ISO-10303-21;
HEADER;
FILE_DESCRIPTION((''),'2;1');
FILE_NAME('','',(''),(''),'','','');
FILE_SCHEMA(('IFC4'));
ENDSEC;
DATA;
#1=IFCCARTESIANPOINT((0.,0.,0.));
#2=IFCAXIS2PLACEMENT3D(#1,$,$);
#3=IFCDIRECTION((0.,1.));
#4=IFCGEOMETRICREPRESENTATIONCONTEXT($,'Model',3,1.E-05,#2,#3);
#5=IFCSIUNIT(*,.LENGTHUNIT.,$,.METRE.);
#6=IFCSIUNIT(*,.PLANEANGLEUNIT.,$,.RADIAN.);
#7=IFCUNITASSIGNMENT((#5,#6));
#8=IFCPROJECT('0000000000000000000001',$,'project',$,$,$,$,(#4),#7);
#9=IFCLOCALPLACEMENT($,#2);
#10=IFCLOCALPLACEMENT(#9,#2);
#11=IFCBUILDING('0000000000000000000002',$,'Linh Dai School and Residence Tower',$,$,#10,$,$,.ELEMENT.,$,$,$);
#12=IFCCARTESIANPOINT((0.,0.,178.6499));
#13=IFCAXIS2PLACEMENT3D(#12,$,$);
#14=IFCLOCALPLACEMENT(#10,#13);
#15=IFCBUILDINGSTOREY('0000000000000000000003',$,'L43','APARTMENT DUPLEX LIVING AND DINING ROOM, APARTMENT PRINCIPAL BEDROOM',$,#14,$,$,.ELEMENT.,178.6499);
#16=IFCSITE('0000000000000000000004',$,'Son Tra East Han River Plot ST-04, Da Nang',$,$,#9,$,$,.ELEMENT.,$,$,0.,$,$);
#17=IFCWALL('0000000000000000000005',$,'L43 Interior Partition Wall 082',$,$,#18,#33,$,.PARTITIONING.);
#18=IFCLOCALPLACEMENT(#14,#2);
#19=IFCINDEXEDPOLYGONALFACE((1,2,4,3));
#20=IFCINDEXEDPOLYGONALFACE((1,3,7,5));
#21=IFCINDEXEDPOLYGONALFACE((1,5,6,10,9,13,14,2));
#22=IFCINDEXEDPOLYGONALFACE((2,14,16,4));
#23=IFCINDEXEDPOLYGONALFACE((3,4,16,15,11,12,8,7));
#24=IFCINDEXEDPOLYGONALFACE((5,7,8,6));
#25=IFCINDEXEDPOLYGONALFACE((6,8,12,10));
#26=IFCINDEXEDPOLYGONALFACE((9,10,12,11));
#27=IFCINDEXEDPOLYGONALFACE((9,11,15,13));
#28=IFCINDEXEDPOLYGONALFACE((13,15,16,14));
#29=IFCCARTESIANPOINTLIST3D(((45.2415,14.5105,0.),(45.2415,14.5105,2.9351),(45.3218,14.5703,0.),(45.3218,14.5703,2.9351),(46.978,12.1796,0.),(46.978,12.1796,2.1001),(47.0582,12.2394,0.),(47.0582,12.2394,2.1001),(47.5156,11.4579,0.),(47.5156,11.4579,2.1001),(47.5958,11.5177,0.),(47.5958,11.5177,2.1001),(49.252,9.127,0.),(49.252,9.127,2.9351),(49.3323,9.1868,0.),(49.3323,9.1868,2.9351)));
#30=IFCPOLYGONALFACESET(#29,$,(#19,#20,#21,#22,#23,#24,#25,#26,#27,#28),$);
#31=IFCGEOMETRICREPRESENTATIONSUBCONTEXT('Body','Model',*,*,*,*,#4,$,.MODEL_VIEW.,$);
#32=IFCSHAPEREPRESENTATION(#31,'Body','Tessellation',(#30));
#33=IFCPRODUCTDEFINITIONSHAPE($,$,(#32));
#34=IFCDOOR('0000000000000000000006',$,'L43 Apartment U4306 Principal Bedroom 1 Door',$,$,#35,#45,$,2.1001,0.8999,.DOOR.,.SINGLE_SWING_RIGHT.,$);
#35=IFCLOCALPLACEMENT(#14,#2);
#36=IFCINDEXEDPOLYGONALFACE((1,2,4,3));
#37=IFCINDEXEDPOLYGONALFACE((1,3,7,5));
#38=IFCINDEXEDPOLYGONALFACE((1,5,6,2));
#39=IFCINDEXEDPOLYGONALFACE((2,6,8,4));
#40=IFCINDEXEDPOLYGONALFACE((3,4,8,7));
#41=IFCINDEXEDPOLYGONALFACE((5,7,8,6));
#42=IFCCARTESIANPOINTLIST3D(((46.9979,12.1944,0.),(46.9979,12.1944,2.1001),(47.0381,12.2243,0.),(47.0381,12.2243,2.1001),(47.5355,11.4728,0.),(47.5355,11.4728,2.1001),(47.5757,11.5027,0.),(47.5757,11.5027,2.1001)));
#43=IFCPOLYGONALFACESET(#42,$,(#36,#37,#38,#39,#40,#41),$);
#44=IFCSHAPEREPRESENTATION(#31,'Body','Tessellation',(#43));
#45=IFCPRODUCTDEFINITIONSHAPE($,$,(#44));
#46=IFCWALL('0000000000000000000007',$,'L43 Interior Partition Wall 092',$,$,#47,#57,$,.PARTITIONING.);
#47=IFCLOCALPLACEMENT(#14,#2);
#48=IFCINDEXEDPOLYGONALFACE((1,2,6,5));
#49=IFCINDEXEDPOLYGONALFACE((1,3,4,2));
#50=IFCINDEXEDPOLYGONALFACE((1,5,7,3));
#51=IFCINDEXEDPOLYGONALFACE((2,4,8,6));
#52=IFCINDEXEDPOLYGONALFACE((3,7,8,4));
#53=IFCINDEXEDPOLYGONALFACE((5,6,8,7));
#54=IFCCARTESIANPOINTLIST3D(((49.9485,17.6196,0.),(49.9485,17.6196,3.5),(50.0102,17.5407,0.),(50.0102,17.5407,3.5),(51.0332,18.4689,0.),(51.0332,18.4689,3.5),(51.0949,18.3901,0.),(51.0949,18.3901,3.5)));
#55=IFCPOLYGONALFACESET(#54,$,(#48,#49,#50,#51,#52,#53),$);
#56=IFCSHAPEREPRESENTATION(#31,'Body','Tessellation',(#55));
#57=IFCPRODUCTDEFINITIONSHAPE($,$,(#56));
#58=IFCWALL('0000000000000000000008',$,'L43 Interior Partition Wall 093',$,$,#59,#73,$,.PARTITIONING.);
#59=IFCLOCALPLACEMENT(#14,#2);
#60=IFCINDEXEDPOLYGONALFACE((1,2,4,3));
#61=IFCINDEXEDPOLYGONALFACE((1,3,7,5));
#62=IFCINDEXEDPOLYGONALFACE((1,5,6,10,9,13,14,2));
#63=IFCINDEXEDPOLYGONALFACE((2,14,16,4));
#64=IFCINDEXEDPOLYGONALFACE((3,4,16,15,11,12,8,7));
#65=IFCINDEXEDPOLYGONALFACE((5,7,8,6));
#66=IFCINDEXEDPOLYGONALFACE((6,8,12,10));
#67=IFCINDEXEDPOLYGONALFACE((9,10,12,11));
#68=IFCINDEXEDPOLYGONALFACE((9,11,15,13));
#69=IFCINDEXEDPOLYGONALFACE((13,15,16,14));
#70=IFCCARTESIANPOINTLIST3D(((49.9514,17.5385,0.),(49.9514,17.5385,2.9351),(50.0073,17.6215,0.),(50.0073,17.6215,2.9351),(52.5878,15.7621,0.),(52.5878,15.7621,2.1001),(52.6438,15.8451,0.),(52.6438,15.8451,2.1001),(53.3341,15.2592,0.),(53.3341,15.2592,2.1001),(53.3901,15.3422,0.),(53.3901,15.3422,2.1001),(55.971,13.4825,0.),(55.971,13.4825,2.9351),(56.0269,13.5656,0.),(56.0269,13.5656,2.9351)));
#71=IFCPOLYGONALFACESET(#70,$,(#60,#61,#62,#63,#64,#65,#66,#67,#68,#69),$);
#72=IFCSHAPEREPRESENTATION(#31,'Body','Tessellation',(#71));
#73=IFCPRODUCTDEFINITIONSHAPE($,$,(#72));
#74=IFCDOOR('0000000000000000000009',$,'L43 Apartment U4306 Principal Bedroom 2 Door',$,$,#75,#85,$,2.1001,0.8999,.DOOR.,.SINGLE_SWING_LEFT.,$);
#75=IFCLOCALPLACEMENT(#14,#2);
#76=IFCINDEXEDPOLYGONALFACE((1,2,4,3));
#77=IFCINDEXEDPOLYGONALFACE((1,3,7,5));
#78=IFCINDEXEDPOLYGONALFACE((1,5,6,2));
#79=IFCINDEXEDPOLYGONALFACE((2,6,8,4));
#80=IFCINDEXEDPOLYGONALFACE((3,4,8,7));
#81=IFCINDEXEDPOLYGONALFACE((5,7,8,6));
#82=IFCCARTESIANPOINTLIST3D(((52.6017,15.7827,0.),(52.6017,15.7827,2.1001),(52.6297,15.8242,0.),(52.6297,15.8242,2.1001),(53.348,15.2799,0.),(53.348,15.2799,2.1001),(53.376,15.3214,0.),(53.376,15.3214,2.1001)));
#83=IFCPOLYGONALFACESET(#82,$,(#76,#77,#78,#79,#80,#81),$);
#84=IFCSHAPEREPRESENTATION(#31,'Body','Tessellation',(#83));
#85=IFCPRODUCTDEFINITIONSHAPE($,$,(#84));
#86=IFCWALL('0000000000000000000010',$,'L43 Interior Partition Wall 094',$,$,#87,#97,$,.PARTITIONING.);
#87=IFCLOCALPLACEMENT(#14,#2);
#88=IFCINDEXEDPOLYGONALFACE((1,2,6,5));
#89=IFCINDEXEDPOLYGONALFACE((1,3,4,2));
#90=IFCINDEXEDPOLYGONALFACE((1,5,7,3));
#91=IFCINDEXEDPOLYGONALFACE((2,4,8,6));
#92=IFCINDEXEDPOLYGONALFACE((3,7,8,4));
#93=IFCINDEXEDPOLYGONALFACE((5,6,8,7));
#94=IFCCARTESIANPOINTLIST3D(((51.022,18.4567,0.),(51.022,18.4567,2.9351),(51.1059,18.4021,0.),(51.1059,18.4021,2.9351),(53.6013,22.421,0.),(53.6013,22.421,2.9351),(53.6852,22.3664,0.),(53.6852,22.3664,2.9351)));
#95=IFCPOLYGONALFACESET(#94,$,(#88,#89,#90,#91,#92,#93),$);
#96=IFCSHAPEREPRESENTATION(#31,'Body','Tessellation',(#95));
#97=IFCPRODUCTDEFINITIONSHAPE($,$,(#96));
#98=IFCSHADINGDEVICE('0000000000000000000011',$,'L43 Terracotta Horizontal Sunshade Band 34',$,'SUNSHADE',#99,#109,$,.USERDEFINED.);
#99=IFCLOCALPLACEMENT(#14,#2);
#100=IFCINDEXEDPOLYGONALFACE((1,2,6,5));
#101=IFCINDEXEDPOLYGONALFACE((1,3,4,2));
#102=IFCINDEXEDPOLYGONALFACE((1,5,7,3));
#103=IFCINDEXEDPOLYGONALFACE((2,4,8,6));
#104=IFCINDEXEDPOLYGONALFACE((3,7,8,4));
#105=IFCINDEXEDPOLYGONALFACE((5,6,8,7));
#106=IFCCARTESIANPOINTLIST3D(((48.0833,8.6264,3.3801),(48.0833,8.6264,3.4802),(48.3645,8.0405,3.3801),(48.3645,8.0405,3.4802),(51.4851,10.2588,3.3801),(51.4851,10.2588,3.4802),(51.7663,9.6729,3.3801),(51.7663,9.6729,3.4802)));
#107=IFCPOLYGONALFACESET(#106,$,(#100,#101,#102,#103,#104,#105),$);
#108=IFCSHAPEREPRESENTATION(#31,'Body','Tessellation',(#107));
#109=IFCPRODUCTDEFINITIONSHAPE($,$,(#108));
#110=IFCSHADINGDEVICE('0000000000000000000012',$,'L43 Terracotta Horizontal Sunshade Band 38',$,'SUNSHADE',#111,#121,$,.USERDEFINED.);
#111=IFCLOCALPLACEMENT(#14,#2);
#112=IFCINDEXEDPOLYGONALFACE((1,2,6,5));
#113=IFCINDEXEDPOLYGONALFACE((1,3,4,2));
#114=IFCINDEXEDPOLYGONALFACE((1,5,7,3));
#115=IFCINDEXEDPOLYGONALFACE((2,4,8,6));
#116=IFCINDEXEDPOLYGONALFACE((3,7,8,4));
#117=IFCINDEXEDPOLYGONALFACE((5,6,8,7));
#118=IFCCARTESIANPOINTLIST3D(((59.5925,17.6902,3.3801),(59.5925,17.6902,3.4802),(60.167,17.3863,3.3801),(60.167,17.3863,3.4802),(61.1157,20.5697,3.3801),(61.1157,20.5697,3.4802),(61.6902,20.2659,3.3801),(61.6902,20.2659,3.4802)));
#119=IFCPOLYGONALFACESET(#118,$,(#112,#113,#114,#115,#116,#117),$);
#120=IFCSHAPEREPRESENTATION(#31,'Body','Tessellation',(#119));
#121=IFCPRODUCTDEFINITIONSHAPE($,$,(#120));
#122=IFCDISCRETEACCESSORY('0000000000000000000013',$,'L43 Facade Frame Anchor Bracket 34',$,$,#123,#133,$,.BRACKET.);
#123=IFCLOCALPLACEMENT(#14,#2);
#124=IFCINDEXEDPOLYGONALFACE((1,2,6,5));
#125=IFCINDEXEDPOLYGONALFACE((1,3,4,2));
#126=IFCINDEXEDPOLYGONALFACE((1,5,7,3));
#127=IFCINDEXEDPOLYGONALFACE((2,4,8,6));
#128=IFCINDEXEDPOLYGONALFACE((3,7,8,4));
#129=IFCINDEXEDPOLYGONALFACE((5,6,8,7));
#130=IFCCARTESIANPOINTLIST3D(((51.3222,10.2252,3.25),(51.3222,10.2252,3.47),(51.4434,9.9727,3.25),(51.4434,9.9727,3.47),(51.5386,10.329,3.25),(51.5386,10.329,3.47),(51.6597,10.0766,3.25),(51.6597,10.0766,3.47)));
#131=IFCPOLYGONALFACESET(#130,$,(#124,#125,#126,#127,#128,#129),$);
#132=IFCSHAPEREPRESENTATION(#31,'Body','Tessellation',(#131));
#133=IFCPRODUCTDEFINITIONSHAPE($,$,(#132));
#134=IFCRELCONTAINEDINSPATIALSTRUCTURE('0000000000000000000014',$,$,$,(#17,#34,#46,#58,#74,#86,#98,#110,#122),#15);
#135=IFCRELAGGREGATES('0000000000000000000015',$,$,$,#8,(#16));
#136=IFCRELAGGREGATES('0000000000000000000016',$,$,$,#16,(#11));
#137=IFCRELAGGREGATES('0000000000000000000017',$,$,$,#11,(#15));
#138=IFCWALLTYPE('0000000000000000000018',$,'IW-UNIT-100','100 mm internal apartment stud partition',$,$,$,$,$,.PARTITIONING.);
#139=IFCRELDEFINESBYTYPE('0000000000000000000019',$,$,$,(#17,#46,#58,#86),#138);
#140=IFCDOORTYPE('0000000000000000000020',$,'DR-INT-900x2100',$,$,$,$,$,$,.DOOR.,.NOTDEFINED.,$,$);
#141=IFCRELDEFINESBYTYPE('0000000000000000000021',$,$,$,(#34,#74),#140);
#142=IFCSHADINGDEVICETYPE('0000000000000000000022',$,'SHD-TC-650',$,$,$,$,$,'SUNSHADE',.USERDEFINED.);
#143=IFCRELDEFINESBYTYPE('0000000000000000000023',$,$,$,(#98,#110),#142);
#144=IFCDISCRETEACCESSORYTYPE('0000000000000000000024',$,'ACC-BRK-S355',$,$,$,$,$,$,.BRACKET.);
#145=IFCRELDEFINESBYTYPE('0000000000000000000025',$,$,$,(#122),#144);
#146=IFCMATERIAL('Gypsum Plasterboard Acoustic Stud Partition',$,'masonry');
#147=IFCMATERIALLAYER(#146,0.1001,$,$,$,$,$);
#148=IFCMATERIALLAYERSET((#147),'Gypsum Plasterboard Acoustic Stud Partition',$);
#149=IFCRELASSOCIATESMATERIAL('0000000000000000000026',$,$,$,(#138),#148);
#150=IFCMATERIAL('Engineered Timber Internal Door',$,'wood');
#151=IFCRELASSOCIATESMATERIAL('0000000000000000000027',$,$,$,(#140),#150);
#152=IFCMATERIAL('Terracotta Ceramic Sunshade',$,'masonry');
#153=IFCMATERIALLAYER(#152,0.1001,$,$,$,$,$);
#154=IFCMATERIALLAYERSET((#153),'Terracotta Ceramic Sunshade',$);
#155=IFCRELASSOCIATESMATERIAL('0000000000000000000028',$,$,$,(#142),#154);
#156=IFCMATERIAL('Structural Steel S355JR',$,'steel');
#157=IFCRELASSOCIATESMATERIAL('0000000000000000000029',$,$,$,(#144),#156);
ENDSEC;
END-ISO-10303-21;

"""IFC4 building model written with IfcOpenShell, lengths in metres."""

from ifc_helpers import new_model, si_unit, direction, frame, frame_2d, origin, origin_2d, place, context, subcontext, project, spatial, rectangle, extrude, source, transform, mapped, material, layer, layer_set, type_object, element, fill, save


model = new_model("IFC4")

# Units and contexts
model_context = context("Model", 3, precision=1e-05, world=origin(), true_north=direction((0.0, 1.0)))
body_context = subcontext(model_context, "Body", "Model", "MODEL_VIEW")
ifc_project = project(units=[si_unit("LENGTHUNIT", "METRE"), si_unit("PLANEANGLEUNIT", "RADIAN")], contexts=[model_context])

# Site, building, storey
site_placement = place(None, origin())
site = spatial("IfcSite", under=ifc_project, at=site_placement, Name="Son Tra East Han River Plot ST-04, Da Nang", CompositionType="ELEMENT", RefElevation=0.0)
building_placement = place(site_placement, origin())
building = spatial("IfcBuilding", under=site, at=building_placement, Name="Linh Dai School and Residence Tower", CompositionType="ELEMENT")
storey_placement = place(building_placement, frame((0.0, 0.0, 178.6499)))
storey = spatial("IfcBuildingStorey", under=building, at=storey_placement, Name="L43", Description="APARTMENT DUPLEX LIVING AND DINING ROOM, APARTMENT PRINCIPAL BEDROOM", CompositionType="ELEMENT", Elevation=178.6499)

# Shared definitions
ifc_material_1 = material(Name="Structural Steel S355JR", Category="steel")

# Wall, opening, door
ifc_material_2 = material(Name="Gypsum Plasterboard Acoustic Stud Partition", Category="masonry")
ifc_layer_1 = layer(ifc_material_2, 0.1001)
ifc_layer_set_1 = layer_set([ifc_layer_1], Name="Gypsum Plasterboard Acoustic Stud Partition")
wall_type_1 = type_object("IfcWallType", Name="IW-UNIT-100", Description="100 mm internal apartment stud partition", PredefinedType="PARTITIONING", material=ifc_layer_set_1)
wall_1_placement = place(storey_placement, frame((45.2817, 14.5403, 0.0), z_axis=(0.0, 0.0, 1.0), x_axis=(0.597407, -0.801938, 0.0)))
wall_1 = element("IfcWall", 1, at=wall_1_placement, inside=storey, type_object=wall_type_1, Name="L43 Interior Partition Wall 082", PredefinedType="PARTITIONING", context=body_context, shape_type="SweptSolid", body=[
    extrude(rectangle(XDim=6.7131, YDim=0.1001, at=frame_2d((3.3564, 0.0))), origin(), (0.0, 0.0, 1.0), 2.9351),
])
opening_1_placement = place(wall_1_placement, frame((2.9065, 0.0, 0.0)))
opening_1 = element("IfcOpeningElement", 2, at=opening_1_placement, cuts=wall_1, PredefinedType="OPENING", context=body_context, shape_type="SweptSolid", body=[
    extrude(rectangle(XDim=0.8999, YDim=2.1001, at=origin_2d()), frame((0.45, 0.0601, 1.05), z_axis=(0.0, -1.0, 0.0), x_axis=(1.0, 0.0, 0.0)), (0.0, 0.0, 1.0), 0.1201),
])
ifc_material_3 = material(Name="Engineered Timber Internal Door", Category="wood")
door_type = type_object("IfcDoorType", Name="DR-INT-900x2100", OperationType="NOTDEFINED", PredefinedType="DOOR", material=ifc_material_3)
shared_shape_1 = source(origin(), body_context, "Body", "SweptSolid", [
    extrude(rectangle(XDim=0.8999, YDim=2.1001, at=origin_2d()), frame((0.45, 0.0249, 1.05), z_axis=(0.0, -1.0, 0.0), x_axis=(1.0, 0.0, 0.0)), (0.0, 0.0, 1.0), 0.05),
])
door_1_placement = place(opening_1_placement, origin())
door_1 = element("IfcDoor", 3, at=door_1_placement, inside=storey, type_object=door_type, Name="L43 Apartment U4306 Principal Bedroom 1 Door", OperationType="SINGLE_SWING_RIGHT", OverallHeight=2.1001, OverallWidth=0.8999, PredefinedType="DOOR", context=body_context, shape_type="MappedRepresentation", body=[
    mapped(shared_shape_1, transform((0.0, 0.0, 0.0), x_axis=(1.0, 0.0, 0.0), y_axis=(0.0, 1.0, 0.0), z_axis=(0.0, 0.0, 1.0), scale=1.0)),
])
fill(opening_1, door_1)

# Wall
wall_2_placement = place(storey_placement, frame((49.9792, 17.5801, 0.0), z_axis=(0.0, 0.0, 1.0), x_axis=(0.787344, 0.616514, 0.0)))
element("IfcWall", 4, at=wall_2_placement, inside=storey, type_object=wall_type_1, Name="L43 Interior Partition Wall 092", PredefinedType="PARTITIONING", context=body_context, shape_type="SweptSolid", body=[
    extrude(rectangle(XDim=1.3777, YDim=0.1001, at=frame_2d((0.689, 0.0))), origin(), (0.0, 0.0, 1.0), 3.5),
])

# Wall, opening, door
wall_3_placement = place(storey_placement, frame((49.9792, 17.5801, 0.0), z_axis=(0.0, 0.0, 1.0), x_axis=(0.829313, -0.558784, 0.0)))
wall_3 = element("IfcWall", 5, at=wall_3_placement, inside=storey, type_object=wall_type_1, Name="L43 Interior Partition Wall 093", PredefinedType="PARTITIONING", context=body_context, shape_type="SweptSolid", body=[
    extrude(rectangle(XDim=7.2585, YDim=0.1001, at=frame_2d((3.6294, 0.0))), origin(), (0.0, 0.0, 1.0), 2.9351),
])
opening_2_placement = place(wall_3_placement, frame((3.1792, 0.0, 0.0)))
opening_2 = element("IfcOpeningElement", 6, at=opening_2_placement, cuts=wall_3, PredefinedType="OPENING", context=body_context, shape_type="SweptSolid", body=[
    extrude(rectangle(XDim=0.8999, YDim=2.1001, at=origin_2d()), frame((0.45, 0.0601, 1.05), z_axis=(0.0, -1.0, 0.0), x_axis=(1.0, 0.0, 0.0)), (0.0, 0.0, 1.0), 0.1201),
])
door_2_placement = place(opening_2_placement, origin())
door_2 = element("IfcDoor", 7, at=door_2_placement, inside=storey, type_object=door_type, Name="L43 Apartment U4306 Principal Bedroom 2 Door", OperationType="SINGLE_SWING_LEFT", OverallHeight=2.1001, OverallWidth=0.8999, PredefinedType="DOOR", context=body_context, shape_type="MappedRepresentation", body=[
    mapped(shared_shape_1, transform((0.0, 0.0, 0.0), x_axis=(1.0, 0.0, 0.0), y_axis=(0.0, 1.0, 0.0), z_axis=(0.0, 0.0, 1.0), scale=1.0)),
])
fill(opening_2, door_2)

# Wall
wall_4_placement = place(storey_placement, frame((51.064, 18.4294, 0.0), z_axis=(0.0, 0.0, 1.0), x_axis=(0.545362, 0.838201, 0.0)))
element("IfcWall", 8, at=wall_4_placement, inside=storey, type_object=wall_type_1, Name="L43 Interior Partition Wall 094", PredefinedType="PARTITIONING", context=body_context, shape_type="SweptSolid", body=[
    extrude(rectangle(XDim=4.7295, YDim=0.1001, at=frame_2d((2.3647, 0.0))), origin(), (0.0, 0.0, 1.0), 2.9351),
])

# Shading devices
ifc_material_4 = material(Name="Terracotta Ceramic Sunshade", Category="masonry")
ifc_layer_2 = layer(ifc_material_4, 0.1001)
ifc_layer_set_2 = layer_set([ifc_layer_2], Name="Terracotta Ceramic Sunshade")
shading_device_type = type_object("IfcShadingDeviceType", Name="SHD-TC-650", ElementType="SUNSHADE", PredefinedType="USERDEFINED", material=ifc_layer_set_2)
shared_shape_2 = source(origin(), body_context, "Body", "SweptSolid", [
    extrude(rectangle(XDim=3.7732, YDim=0.6499, at=origin_2d()), origin(), (0.0, 0.0, 1.0), 0.1001),
])
shading_device_1_placement = place(storey_placement, frame((49.9248, 9.1497, 3.3801), z_axis=(0.0, 0.0, 1.0), x_axis=(-0.901569, -0.432635, 0.0)))
element("IfcShadingDevice", 9, at=shading_device_1_placement, inside=storey, type_object=shading_device_type, Name="L43 Terracotta Horizontal Sunshade Band 34", ObjectType="SUNSHADE", PredefinedType="USERDEFINED", context=body_context, shape_type="MappedRepresentation", body=[
    mapped(shared_shape_2, transform((0.0, 0.0, 0.0), x_axis=(1.0, 0.0, 0.0), y_axis=(0.0, 1.0, 0.0), z_axis=(0.0, 0.0, 1.0), scale=1.0)),
])
shared_shape_3 = source(origin(), body_context, "Body", "SweptSolid", [
    extrude(rectangle(XDim=3.2576, YDim=0.6499, at=origin_2d()), origin(), (0.0, 0.0, 1.0), 0.1001),
])
shading_device_2_placement = place(storey_placement, frame((60.6414, 18.978, 3.3801), z_axis=(0.0, 0.0, 1.0), x_axis=(-0.46758, -0.883951, 0.0)))
element("IfcShadingDevice", 10, at=shading_device_2_placement, inside=storey, type_object=shading_device_type, Name="L43 Terracotta Horizontal Sunshade Band 38", ObjectType="SUNSHADE", PredefinedType="USERDEFINED", context=body_context, shape_type="MappedRepresentation", body=[
    mapped(shared_shape_3, transform((0.0, 0.0, 0.0), x_axis=(1.0, 0.0, 0.0), y_axis=(0.0, 1.0, 0.0), z_axis=(0.0, 0.0, 1.0), scale=1.0)),
])

# Discrete accessory
discrete_accessory_type = type_object("IfcDiscreteAccessoryType", Name="ACC-BRK-S355", PredefinedType="BRACKET", material=ifc_material_1)
shared_shape_4 = source(origin(), body_context, "Body", "SweptSolid", [
    extrude(rectangle(XDim=0.28, YDim=0.24, at=origin_2d()), origin(), (0.0, 0.0, 1.0), 0.22),
])
discrete_accessory_placement = place(storey_placement, frame((51.491, 10.1509, 3.25), z_axis=(0.0, 0.0, 1.0), x_axis=(0.432635, -0.901569, 0.0)))
element("IfcDiscreteAccessory", 11, at=discrete_accessory_placement, inside=storey, type_object=discrete_accessory_type, Name="L43 Facade Frame Anchor Bracket 34", PredefinedType="BRACKET", context=body_context, shape_type="MappedRepresentation", body=[
    mapped(shared_shape_4, transform((0.0, 0.0, 0.0), x_axis=(1.0, 0.0, 0.0), y_axis=(0.0, 1.0, 0.0), z_axis=(0.0, 0.0, 1.0), scale=1.0)),
])

save(model, "model.ifc")
